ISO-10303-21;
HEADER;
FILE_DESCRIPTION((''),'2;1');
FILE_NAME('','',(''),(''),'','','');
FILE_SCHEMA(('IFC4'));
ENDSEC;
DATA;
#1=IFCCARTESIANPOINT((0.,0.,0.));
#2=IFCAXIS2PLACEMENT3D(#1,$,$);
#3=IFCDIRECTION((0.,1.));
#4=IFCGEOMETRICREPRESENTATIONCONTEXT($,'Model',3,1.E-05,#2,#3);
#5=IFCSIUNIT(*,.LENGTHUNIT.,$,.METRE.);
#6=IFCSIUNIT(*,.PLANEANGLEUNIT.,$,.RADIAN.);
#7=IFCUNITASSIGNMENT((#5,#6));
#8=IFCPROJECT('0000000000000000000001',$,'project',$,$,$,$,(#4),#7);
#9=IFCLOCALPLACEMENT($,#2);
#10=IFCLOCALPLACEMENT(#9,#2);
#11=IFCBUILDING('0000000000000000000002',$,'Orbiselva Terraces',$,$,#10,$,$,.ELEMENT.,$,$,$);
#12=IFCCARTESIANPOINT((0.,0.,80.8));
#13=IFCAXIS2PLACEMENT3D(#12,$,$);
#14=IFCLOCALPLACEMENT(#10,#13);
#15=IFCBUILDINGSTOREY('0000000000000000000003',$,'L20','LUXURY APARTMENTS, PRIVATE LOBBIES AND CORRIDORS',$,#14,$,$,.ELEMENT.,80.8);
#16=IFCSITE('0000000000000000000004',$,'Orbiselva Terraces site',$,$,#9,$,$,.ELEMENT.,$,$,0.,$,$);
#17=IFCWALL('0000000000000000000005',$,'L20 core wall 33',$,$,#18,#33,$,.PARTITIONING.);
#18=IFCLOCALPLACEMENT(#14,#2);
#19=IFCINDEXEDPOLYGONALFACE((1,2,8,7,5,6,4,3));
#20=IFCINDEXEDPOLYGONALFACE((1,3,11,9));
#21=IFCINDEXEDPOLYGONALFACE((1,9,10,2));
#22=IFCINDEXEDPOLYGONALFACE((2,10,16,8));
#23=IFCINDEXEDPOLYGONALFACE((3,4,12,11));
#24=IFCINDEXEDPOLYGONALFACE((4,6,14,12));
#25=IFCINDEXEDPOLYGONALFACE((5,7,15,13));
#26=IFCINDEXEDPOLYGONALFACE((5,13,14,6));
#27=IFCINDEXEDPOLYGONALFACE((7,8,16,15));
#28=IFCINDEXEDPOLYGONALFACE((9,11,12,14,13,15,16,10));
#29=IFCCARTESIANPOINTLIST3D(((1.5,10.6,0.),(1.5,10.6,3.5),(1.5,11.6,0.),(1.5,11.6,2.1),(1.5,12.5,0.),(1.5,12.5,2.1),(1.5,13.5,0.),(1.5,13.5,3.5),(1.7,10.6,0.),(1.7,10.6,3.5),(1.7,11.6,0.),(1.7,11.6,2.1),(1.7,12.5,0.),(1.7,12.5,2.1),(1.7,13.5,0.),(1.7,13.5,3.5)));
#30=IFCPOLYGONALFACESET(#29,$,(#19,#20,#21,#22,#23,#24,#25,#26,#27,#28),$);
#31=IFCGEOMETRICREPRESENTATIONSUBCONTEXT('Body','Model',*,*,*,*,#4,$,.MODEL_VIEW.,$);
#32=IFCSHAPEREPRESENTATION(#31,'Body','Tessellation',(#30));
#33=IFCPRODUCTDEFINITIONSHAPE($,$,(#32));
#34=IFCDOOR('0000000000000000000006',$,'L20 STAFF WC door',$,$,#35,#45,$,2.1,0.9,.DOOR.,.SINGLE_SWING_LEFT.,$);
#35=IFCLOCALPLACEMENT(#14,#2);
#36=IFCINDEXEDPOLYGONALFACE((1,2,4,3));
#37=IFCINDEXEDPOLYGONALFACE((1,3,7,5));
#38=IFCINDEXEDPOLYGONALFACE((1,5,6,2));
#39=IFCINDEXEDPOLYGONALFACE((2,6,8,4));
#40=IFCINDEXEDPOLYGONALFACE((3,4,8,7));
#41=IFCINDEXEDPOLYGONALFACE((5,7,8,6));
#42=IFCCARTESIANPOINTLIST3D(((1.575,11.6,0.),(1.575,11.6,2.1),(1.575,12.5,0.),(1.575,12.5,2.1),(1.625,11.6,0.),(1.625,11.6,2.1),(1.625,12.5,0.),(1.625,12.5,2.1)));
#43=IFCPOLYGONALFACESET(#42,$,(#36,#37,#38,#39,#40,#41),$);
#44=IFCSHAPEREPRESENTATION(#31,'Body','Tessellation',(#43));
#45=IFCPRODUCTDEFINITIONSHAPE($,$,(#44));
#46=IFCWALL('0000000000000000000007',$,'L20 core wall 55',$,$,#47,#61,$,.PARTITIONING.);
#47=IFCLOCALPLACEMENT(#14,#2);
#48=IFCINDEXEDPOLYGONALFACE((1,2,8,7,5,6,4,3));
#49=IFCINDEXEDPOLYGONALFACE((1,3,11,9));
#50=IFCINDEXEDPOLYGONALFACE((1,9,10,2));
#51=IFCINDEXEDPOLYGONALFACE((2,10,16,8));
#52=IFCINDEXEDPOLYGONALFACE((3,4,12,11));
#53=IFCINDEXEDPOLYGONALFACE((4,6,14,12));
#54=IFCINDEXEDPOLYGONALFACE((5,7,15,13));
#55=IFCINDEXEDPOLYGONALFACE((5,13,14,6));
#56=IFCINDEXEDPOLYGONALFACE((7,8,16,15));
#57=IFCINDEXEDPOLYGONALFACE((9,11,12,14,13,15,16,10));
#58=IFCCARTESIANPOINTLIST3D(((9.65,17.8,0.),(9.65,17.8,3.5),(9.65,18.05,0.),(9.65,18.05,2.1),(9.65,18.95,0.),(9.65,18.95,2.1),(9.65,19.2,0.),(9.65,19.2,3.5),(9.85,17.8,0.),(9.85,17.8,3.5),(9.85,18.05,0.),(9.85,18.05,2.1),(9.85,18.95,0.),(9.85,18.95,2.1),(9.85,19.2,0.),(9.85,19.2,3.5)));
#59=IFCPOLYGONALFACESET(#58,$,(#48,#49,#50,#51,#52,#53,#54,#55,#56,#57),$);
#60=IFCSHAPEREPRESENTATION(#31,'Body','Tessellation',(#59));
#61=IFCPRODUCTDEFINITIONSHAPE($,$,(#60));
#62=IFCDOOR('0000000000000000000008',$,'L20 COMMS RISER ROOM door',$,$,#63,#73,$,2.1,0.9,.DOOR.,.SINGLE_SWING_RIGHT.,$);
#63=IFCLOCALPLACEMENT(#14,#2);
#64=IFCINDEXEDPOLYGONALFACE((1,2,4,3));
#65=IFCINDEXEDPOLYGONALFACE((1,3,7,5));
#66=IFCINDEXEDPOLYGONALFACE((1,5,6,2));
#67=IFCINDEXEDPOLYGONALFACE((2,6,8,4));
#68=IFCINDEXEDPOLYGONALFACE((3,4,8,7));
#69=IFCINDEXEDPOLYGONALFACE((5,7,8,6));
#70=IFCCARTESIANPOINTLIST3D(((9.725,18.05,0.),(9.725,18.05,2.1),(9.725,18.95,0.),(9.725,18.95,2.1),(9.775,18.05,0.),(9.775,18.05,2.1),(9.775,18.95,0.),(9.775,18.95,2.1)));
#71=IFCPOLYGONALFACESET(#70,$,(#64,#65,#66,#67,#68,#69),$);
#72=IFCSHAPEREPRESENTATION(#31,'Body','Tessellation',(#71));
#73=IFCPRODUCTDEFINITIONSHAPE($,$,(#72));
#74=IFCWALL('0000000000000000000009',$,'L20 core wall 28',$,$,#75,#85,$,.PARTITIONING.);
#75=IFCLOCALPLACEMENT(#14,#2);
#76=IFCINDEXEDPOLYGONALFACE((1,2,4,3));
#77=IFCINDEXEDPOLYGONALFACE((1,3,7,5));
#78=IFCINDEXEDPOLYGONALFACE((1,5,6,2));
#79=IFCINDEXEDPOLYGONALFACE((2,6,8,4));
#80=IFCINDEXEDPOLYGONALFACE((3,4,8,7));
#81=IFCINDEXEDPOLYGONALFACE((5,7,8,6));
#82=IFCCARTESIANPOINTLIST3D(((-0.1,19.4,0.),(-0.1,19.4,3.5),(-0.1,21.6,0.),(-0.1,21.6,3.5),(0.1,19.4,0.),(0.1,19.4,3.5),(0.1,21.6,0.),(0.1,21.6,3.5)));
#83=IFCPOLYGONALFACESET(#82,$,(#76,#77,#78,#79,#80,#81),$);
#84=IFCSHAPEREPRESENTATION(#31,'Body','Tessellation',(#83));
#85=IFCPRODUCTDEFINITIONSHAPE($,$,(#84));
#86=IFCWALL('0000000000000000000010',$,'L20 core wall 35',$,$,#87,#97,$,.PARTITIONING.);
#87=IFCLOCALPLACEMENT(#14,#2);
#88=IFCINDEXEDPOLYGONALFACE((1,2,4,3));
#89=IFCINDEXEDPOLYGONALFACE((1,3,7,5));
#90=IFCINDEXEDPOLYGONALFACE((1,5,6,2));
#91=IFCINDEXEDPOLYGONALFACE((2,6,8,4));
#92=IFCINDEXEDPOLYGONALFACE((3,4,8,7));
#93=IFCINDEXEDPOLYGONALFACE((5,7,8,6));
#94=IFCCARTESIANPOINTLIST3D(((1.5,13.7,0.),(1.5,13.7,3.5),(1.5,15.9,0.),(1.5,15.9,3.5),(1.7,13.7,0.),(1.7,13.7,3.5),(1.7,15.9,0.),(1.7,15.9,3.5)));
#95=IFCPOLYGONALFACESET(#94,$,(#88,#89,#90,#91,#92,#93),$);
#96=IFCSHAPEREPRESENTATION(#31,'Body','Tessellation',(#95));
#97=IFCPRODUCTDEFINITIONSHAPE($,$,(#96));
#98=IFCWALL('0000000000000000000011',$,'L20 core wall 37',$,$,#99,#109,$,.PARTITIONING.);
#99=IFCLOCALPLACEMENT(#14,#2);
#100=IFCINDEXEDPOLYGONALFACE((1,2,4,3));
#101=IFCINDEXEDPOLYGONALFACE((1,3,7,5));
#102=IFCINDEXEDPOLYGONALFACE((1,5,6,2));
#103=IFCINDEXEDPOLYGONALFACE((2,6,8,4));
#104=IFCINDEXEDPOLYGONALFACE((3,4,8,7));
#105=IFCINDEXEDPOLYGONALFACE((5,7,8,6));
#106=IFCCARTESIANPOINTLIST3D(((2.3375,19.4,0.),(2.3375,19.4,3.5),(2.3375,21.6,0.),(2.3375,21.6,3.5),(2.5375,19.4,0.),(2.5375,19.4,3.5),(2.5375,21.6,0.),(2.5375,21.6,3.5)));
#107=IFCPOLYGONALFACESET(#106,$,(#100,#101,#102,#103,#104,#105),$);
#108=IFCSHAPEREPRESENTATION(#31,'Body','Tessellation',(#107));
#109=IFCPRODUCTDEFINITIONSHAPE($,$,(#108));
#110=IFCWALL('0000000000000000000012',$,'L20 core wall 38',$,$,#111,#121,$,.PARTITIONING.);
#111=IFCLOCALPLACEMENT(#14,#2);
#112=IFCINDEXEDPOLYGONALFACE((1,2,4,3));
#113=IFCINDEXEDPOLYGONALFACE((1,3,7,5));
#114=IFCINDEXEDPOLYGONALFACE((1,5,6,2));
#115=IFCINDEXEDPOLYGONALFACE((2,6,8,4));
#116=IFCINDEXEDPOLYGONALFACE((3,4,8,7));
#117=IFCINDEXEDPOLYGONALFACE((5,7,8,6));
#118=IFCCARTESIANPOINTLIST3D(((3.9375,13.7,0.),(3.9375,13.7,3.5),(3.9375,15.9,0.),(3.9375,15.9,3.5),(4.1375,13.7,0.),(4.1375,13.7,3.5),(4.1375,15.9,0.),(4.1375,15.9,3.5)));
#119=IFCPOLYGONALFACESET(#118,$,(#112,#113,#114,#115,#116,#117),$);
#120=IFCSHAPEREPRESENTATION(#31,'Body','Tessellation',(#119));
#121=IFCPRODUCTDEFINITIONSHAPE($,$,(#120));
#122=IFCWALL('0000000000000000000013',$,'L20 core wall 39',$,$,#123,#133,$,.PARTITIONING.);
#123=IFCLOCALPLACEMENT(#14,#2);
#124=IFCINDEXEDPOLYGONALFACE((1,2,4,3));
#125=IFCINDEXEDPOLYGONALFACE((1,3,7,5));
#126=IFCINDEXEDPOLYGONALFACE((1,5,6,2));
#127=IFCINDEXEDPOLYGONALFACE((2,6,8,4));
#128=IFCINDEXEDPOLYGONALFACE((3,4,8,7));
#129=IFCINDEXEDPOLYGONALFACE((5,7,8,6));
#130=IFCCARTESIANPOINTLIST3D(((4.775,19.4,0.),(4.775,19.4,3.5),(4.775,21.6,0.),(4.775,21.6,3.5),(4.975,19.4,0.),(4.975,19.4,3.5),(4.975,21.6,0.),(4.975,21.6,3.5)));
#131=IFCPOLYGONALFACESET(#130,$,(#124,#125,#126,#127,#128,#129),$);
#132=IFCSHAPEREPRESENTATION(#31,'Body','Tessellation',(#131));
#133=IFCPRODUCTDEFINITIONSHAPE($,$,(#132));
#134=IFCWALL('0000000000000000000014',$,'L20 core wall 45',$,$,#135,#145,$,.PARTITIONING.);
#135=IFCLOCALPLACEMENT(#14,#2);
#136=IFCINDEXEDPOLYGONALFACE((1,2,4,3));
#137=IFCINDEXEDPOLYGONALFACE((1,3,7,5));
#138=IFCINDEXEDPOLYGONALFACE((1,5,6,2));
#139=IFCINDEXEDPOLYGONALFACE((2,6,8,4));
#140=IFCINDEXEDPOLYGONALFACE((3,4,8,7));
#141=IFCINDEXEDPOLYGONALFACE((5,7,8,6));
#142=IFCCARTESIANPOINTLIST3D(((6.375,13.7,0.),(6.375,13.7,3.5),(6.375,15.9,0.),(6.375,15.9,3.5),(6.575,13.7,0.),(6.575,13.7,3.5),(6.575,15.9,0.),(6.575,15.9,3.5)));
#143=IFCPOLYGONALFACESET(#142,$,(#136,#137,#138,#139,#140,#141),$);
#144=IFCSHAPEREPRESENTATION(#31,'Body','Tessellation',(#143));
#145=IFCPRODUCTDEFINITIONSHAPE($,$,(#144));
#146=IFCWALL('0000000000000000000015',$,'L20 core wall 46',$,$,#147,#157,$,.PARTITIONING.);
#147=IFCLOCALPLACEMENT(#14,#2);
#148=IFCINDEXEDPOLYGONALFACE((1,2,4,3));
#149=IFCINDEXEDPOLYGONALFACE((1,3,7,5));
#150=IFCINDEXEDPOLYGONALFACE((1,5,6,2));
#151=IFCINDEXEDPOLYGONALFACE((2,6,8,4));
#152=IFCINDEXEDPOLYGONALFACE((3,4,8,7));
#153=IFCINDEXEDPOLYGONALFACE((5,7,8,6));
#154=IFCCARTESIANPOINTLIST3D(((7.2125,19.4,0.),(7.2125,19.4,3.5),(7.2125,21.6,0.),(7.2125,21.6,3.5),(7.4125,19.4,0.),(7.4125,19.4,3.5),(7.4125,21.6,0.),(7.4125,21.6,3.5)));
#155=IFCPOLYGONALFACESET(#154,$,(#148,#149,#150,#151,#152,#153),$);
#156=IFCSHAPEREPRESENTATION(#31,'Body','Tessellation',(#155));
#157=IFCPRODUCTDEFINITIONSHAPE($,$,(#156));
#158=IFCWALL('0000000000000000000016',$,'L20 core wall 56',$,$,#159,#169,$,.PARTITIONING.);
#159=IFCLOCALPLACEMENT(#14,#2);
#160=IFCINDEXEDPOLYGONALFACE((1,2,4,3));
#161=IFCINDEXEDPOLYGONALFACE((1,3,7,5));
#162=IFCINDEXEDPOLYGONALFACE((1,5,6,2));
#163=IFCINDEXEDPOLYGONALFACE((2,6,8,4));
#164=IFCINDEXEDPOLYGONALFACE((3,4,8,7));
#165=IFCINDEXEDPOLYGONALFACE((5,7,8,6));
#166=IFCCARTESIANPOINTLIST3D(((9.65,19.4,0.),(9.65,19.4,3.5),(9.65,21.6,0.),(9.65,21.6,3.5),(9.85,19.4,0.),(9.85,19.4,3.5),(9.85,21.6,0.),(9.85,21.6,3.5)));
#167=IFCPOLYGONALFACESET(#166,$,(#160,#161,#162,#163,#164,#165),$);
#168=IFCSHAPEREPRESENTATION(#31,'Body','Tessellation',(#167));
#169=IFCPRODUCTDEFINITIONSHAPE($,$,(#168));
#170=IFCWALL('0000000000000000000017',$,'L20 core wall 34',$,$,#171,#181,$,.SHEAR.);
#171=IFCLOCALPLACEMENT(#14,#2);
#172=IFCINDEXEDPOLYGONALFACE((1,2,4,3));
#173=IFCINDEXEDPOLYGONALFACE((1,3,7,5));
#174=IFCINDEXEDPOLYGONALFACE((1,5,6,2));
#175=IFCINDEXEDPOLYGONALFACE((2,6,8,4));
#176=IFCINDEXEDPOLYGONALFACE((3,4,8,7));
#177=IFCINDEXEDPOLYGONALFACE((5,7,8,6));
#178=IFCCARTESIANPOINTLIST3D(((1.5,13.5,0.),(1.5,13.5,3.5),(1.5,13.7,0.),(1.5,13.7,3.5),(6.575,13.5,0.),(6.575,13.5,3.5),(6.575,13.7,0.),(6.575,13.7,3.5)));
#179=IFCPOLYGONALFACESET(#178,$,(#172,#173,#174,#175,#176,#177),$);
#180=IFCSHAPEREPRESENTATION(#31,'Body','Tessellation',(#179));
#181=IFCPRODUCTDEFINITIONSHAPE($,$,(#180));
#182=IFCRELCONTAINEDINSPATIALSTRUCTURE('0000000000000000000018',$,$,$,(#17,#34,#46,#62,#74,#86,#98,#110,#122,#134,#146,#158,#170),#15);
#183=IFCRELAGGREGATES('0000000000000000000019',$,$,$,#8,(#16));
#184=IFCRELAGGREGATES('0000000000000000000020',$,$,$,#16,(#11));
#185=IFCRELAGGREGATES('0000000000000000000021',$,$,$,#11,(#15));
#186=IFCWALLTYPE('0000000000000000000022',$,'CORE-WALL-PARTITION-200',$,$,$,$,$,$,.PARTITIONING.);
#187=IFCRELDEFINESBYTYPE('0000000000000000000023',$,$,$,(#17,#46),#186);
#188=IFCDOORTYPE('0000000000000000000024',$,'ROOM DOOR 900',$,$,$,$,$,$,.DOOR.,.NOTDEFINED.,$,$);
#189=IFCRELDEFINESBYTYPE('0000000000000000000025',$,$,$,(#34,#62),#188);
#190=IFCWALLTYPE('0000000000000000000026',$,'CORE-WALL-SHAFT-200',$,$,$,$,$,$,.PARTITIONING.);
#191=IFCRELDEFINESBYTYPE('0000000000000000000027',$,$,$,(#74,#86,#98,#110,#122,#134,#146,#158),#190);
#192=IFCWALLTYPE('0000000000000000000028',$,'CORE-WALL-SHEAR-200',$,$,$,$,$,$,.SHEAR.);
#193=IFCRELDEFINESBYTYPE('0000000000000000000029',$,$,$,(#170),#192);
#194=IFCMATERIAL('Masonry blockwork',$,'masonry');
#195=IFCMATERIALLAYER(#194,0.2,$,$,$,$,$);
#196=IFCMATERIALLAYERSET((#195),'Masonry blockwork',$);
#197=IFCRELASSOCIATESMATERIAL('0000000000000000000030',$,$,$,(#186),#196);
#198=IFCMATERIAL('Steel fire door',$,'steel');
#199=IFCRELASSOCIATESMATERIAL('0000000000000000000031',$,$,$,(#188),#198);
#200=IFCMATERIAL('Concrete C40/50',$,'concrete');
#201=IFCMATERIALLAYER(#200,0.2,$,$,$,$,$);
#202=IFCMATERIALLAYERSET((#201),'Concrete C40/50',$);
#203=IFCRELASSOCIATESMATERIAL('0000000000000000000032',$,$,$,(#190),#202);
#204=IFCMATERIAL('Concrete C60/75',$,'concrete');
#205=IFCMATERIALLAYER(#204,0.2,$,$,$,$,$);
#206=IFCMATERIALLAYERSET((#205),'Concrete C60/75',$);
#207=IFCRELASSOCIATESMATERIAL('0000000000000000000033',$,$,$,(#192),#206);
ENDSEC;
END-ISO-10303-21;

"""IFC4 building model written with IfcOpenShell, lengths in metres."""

from ifc_helpers import new_model, si_unit, direction, frame, frame_2d, origin, place, context, subcontext, project, spatial, rectangle, extrude, material, layer, layer_set, type_object, element, fill, save


model = new_model("IFC4")

# Units and contexts
model_context = context("Model", 3, precision=1e-05, world=origin(), true_north=direction((0.0, 1.0)))
body_context = subcontext(model_context, "Body", "Model", "MODEL_VIEW")
ifc_project = project(units=[si_unit("LENGTHUNIT", "METRE"), si_unit("PLANEANGLEUNIT", "RADIAN")], contexts=[model_context])

# Site, building, storey
site_placement = place(None, origin())
site = spatial("IfcSite", under=ifc_project, at=site_placement, Name="Orbiselva Terraces site", CompositionType="ELEMENT", RefElevation=0.0)
building_placement = place(site_placement, origin())
building = spatial("IfcBuilding", under=site, at=building_placement, Name="Orbiselva Terraces", CompositionType="ELEMENT")
storey_placement = place(building_placement, frame((0.0, 0.0, 80.8)))
storey = spatial("IfcBuildingStorey", under=building, at=storey_placement, Name="L20", Description="LUXURY APARTMENTS, PRIVATE LOBBIES AND CORRIDORS", CompositionType="ELEMENT", Elevation=80.8)

# Walls, openings, doors
ifc_material_1 = material(Name="Masonry blockwork", Category="masonry")
ifc_layer_1 = layer(ifc_material_1, 0.2)
ifc_layer_set_1 = layer_set([ifc_layer_1], Name="Masonry blockwork")
wall_type_1 = type_object("IfcWallType", Name="CORE-WALL-PARTITION-200", PredefinedType="PARTITIONING", material=ifc_layer_set_1)
wall_1_placement = place(storey_placement, frame((1.6, 13.5, 0.0), z_axis=(0.0, 0.0, 1.0), x_axis=(0.0, -1.0, 0.0)))
wall_1 = element("IfcWall", 1, at=wall_1_placement, inside=storey, type_object=wall_type_1, Name="L20 core wall 33", PredefinedType="PARTITIONING", context=body_context, shape_type="SweptSolid", body=[
    extrude(rectangle(XDim=2.9, YDim=0.2, at=frame_2d((1.45, 0.0))), origin(), (0.0, 0.0, 1.0), 3.5),
])
opening_1_placement = place(wall_1_placement, frame((1.0, 0.0, 0.0)))
opening_1 = element("IfcOpeningElement", 2, at=opening_1_placement, cuts=wall_1, PredefinedType="OPENING", context=body_context, shape_type="SweptSolid", body=[
    extrude(rectangle(XDim=0.9, YDim=2.1, at=frame_2d((0.45, 1.05))), frame((0.0, 0.11, 0.0), z_axis=(0.0, -1.0, 0.0), x_axis=(1.0, 0.0, 0.0)), (0.0, 0.0, 1.0), 0.22),
])
ifc_material_2 = material(Name="Steel fire door", Category="steel")
door_type = type_object("IfcDoorType", Name="ROOM DOOR 900", OperationType="NOTDEFINED", PredefinedType="DOOR", material=ifc_material_2)
door_1_placement = place(opening_1_placement, origin())
door_1 = element("IfcDoor", 3, at=door_1_placement, inside=storey, type_object=door_type, Name="L20 STAFF WC door", OperationType="SINGLE_SWING_LEFT", OverallHeight=2.1, OverallWidth=0.9, PredefinedType="DOOR", context=body_context, shape_type="SweptSolid", body=[
    extrude(rectangle(XDim=0.9, YDim=2.1, at=frame_2d((0.45, 1.05))), frame((0.0, 0.025, 0.0), z_axis=(0.0, -1.0, 0.0), x_axis=(1.0, 0.0, 0.0)), (0.0, 0.0, 1.0), 0.05),
])
fill(opening_1, door_1)
wall_2_placement = place(storey_placement, frame((9.75, 19.2, 0.0), z_axis=(0.0, 0.0, 1.0), x_axis=(0.0, -1.0, 0.0)))
wall_2 = element("IfcWall", 4, at=wall_2_placement, inside=storey, type_object=wall_type_1, Name="L20 core wall 55", PredefinedType="PARTITIONING", context=body_context, shape_type="SweptSolid", body=[
    extrude(rectangle(XDim=1.4, YDim=0.2, at=frame_2d((0.7, 0.0))), origin(), (0.0, 0.0, 1.0), 3.5),
])
opening_2_placement = place(wall_2_placement, frame((0.25, 0.0, 0.0)))
opening_2 = element("IfcOpeningElement", 5, at=opening_2_placement, cuts=wall_2, PredefinedType="OPENING", context=body_context, shape_type="SweptSolid", body=[
    extrude(rectangle(XDim=0.9, YDim=2.1, at=frame_2d((0.45, 1.05))), frame((0.0, 0.11, 0.0), z_axis=(0.0, -1.0, 0.0), x_axis=(1.0, 0.0, 0.0)), (0.0, 0.0, 1.0), 0.22),
])
door_2_placement = place(opening_2_placement, origin())
door_2 = element("IfcDoor", 6, at=door_2_placement, inside=storey, type_object=door_type, Name="L20 COMMS RISER ROOM door", OperationType="SINGLE_SWING_RIGHT", OverallHeight=2.1, OverallWidth=0.9, PredefinedType="DOOR", context=body_context, shape_type="SweptSolid", body=[
    extrude(rectangle(XDim=0.9, YDim=2.1, at=frame_2d((0.45, 1.05))), frame((0.0, 0.025, 0.0), z_axis=(0.0, -1.0, 0.0), x_axis=(1.0, 0.0, 0.0)), (0.0, 0.0, 1.0), 0.05),
])
fill(opening_2, door_2)

# Walls
ifc_material_3 = material(Name="Concrete C40/50", Category="concrete")
ifc_layer_2 = layer(ifc_material_3, 0.2)
ifc_layer_set_2 = layer_set([ifc_layer_2], Name="Concrete C40/50")
wall_type_2 = type_object("IfcWallType", Name="CORE-WALL-SHAFT-200", PredefinedType="PARTITIONING", material=ifc_layer_set_2)
for number, where, z_axis, x_axis, name in (
    (7, (0.0, 19.4, 0.0), (0.0, 0.0, 1.0), (0.0, 1.0, 0.0), "L20 core wall 28"),
    (8, (1.6, 13.7, 0.0), (0.0, 0.0, 1.0), (0.0, 1.0, 0.0), "L20 core wall 35"),
    (9, (2.4375, 19.4, 0.0), (0.0, 0.0, 1.0), (0.0, 1.0, 0.0), "L20 core wall 37"),
    (10, (4.0375, 13.7, 0.0), (0.0, 0.0, 1.0), (0.0, 1.0, 0.0), "L20 core wall 38"),
    (11, (4.875, 19.4, 0.0), (0.0, 0.0, 1.0), (0.0, 1.0, 0.0), "L20 core wall 39"),
    (12, (6.475, 13.7, 0.0), (0.0, 0.0, 1.0), (0.0, 1.0, 0.0), "L20 core wall 45"),
    (13, (7.3125, 19.4, 0.0), (0.0, 0.0, 1.0), (0.0, 1.0, 0.0), "L20 core wall 46"),
    (14, (9.75, 19.4, 0.0), (0.0, 0.0, 1.0), (0.0, 1.0, 0.0), "L20 core wall 56"),
):
    element("IfcWall", number, at=place(storey_placement, frame(where, z_axis=z_axis, x_axis=x_axis)), inside=storey, type_object=wall_type_2, Name=name, PredefinedType="PARTITIONING", context=body_context, shape_type="SweptSolid", body=[
        extrude(rectangle(XDim=2.2, YDim=0.2, at=frame_2d((1.1, 0.0))), origin(), (0.0, 0.0, 1.0), 3.5),
    ])
ifc_material_4 = material(Name="Concrete C60/75", Category="concrete")
ifc_layer_3 = layer(ifc_material_4, 0.2)
ifc_layer_set_3 = layer_set([ifc_layer_3], Name="Concrete C60/75")
wall_type_3 = type_object("IfcWallType", Name="CORE-WALL-SHEAR-200", PredefinedType="SHEAR", material=ifc_layer_set_3)
wall_3_placement = place(storey_placement, frame((1.5, 13.6, 0.0), z_axis=(0.0, 0.0, 1.0), x_axis=(1.0, 0.0, 0.0)))
element("IfcWall", 15, at=wall_3_placement, inside=storey, type_object=wall_type_3, Name="L20 core wall 34", PredefinedType="SHEAR", context=body_context, shape_type="SweptSolid", body=[
    extrude(rectangle(XDim=5.075, YDim=0.2, at=frame_2d((2.5375, 0.0))), origin(), (0.0, 0.0, 1.0), 3.5),
])

save(model, "model.ifc")
